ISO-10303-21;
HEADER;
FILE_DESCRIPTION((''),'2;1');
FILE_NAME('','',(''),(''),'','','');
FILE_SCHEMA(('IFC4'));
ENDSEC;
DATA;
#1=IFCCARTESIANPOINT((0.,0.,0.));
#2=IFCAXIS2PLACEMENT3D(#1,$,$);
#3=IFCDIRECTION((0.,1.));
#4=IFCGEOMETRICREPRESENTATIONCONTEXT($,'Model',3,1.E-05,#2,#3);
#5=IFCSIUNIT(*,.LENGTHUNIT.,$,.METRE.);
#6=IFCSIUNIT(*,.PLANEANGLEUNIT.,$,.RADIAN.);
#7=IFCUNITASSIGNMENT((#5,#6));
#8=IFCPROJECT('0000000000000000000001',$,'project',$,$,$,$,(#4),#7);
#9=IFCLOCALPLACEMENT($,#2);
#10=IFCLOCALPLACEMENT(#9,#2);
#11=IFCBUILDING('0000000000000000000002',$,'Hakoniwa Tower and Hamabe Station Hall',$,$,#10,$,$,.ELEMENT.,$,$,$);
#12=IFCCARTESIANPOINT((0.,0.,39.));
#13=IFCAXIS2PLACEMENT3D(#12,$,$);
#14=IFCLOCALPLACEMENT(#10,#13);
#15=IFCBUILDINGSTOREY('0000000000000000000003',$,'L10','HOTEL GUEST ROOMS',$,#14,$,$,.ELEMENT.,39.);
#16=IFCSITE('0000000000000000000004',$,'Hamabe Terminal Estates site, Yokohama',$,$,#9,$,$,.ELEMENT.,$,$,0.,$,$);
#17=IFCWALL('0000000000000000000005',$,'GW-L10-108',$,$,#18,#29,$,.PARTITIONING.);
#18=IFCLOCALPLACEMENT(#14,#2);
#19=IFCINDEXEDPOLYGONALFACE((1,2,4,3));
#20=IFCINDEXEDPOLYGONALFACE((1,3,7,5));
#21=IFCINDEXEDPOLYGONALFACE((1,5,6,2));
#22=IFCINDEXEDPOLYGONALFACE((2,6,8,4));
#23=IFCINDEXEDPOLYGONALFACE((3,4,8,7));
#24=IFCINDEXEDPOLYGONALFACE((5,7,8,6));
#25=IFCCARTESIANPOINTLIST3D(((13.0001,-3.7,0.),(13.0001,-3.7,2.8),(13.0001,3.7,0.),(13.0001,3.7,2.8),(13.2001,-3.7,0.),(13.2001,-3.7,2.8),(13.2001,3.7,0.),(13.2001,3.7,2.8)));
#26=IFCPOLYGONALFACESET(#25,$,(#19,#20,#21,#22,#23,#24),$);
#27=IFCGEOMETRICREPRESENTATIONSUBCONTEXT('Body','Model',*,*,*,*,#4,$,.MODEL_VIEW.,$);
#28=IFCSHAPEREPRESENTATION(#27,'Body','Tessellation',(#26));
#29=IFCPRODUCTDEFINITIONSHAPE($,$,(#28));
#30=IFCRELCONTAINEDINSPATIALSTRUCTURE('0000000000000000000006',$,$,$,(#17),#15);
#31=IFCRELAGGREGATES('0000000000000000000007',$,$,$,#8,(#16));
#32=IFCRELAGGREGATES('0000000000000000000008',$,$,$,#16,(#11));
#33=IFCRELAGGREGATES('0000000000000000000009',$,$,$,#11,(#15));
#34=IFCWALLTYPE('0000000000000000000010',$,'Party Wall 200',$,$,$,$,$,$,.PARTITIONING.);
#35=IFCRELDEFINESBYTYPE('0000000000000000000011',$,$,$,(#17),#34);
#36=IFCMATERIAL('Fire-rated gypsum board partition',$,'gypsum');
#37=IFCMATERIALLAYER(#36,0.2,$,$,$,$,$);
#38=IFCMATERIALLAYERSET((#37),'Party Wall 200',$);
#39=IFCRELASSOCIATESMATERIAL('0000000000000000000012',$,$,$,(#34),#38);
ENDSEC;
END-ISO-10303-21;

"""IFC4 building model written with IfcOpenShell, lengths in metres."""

from ifc_helpers import new_model, si_unit, direction, frame, frame_2d, origin, place, context, subcontext, project, spatial, rectangle, extrude, material, layer, layer_set, type_object, element, save


model = new_model("IFC4")

# Units and contexts
model_context = context("Model", 3, precision=1e-05, world=origin(), true_north=direction((0.0, 1.0)))
body_context = subcontext(model_context, "Body", "Model", "MODEL_VIEW")
ifc_project = project(units=[si_unit("LENGTHUNIT", "METRE"), si_unit("PLANEANGLEUNIT", "RADIAN")], contexts=[model_context])

# Site, building, storey
site_placement = place(None, origin())
site = spatial("IfcSite", under=ifc_project, at=site_placement, Name="Hamabe Terminal Estates site, Yokohama", CompositionType="ELEMENT", RefElevation=0.0)
building_placement = place(site_placement, origin())
building = spatial("IfcBuilding", under=site, at=building_placement, Name="Hakoniwa Tower and Hamabe Station Hall", CompositionType="ELEMENT")
storey_placement = place(building_placement, frame((0.0, 0.0, 39.0)))
storey = spatial("IfcBuildingStorey", under=building, at=storey_placement, Name="L10", Description="HOTEL GUEST ROOMS", CompositionType="ELEMENT", Elevation=39.0)

# Wall
ifc_material_1 = material(Name="Fire-rated gypsum board partition", Category="gypsum")
ifc_layer_1 = layer(ifc_material_1, 0.2)
ifc_layer_set_1 = layer_set([ifc_layer_1], Name="Party Wall 200")
wall_type_1 = type_object("IfcWallType", Name="Party Wall 200", PredefinedType="PARTITIONING", material=ifc_layer_set_1)
wall_1_placement = place(storey_placement, frame((13.1001, -3.7, 0.0), z_axis=(0.0, 0.0, 1.0), x_axis=(0.0, 1.0, 0.0)))
element("IfcWall", 1, at=wall_1_placement, inside=storey, type_object=wall_type_1, Name="GW-L10-108", PredefinedType="PARTITIONING", context=body_context, shape_type="SweptSolid", body=[
    extrude(rectangle(XDim=7.3999, YDim=0.2, at=frame_2d((3.7, 0.0))), origin(), (0.0, 0.0, 1.0), 2.8),
])

save(model, "model.ifc")
